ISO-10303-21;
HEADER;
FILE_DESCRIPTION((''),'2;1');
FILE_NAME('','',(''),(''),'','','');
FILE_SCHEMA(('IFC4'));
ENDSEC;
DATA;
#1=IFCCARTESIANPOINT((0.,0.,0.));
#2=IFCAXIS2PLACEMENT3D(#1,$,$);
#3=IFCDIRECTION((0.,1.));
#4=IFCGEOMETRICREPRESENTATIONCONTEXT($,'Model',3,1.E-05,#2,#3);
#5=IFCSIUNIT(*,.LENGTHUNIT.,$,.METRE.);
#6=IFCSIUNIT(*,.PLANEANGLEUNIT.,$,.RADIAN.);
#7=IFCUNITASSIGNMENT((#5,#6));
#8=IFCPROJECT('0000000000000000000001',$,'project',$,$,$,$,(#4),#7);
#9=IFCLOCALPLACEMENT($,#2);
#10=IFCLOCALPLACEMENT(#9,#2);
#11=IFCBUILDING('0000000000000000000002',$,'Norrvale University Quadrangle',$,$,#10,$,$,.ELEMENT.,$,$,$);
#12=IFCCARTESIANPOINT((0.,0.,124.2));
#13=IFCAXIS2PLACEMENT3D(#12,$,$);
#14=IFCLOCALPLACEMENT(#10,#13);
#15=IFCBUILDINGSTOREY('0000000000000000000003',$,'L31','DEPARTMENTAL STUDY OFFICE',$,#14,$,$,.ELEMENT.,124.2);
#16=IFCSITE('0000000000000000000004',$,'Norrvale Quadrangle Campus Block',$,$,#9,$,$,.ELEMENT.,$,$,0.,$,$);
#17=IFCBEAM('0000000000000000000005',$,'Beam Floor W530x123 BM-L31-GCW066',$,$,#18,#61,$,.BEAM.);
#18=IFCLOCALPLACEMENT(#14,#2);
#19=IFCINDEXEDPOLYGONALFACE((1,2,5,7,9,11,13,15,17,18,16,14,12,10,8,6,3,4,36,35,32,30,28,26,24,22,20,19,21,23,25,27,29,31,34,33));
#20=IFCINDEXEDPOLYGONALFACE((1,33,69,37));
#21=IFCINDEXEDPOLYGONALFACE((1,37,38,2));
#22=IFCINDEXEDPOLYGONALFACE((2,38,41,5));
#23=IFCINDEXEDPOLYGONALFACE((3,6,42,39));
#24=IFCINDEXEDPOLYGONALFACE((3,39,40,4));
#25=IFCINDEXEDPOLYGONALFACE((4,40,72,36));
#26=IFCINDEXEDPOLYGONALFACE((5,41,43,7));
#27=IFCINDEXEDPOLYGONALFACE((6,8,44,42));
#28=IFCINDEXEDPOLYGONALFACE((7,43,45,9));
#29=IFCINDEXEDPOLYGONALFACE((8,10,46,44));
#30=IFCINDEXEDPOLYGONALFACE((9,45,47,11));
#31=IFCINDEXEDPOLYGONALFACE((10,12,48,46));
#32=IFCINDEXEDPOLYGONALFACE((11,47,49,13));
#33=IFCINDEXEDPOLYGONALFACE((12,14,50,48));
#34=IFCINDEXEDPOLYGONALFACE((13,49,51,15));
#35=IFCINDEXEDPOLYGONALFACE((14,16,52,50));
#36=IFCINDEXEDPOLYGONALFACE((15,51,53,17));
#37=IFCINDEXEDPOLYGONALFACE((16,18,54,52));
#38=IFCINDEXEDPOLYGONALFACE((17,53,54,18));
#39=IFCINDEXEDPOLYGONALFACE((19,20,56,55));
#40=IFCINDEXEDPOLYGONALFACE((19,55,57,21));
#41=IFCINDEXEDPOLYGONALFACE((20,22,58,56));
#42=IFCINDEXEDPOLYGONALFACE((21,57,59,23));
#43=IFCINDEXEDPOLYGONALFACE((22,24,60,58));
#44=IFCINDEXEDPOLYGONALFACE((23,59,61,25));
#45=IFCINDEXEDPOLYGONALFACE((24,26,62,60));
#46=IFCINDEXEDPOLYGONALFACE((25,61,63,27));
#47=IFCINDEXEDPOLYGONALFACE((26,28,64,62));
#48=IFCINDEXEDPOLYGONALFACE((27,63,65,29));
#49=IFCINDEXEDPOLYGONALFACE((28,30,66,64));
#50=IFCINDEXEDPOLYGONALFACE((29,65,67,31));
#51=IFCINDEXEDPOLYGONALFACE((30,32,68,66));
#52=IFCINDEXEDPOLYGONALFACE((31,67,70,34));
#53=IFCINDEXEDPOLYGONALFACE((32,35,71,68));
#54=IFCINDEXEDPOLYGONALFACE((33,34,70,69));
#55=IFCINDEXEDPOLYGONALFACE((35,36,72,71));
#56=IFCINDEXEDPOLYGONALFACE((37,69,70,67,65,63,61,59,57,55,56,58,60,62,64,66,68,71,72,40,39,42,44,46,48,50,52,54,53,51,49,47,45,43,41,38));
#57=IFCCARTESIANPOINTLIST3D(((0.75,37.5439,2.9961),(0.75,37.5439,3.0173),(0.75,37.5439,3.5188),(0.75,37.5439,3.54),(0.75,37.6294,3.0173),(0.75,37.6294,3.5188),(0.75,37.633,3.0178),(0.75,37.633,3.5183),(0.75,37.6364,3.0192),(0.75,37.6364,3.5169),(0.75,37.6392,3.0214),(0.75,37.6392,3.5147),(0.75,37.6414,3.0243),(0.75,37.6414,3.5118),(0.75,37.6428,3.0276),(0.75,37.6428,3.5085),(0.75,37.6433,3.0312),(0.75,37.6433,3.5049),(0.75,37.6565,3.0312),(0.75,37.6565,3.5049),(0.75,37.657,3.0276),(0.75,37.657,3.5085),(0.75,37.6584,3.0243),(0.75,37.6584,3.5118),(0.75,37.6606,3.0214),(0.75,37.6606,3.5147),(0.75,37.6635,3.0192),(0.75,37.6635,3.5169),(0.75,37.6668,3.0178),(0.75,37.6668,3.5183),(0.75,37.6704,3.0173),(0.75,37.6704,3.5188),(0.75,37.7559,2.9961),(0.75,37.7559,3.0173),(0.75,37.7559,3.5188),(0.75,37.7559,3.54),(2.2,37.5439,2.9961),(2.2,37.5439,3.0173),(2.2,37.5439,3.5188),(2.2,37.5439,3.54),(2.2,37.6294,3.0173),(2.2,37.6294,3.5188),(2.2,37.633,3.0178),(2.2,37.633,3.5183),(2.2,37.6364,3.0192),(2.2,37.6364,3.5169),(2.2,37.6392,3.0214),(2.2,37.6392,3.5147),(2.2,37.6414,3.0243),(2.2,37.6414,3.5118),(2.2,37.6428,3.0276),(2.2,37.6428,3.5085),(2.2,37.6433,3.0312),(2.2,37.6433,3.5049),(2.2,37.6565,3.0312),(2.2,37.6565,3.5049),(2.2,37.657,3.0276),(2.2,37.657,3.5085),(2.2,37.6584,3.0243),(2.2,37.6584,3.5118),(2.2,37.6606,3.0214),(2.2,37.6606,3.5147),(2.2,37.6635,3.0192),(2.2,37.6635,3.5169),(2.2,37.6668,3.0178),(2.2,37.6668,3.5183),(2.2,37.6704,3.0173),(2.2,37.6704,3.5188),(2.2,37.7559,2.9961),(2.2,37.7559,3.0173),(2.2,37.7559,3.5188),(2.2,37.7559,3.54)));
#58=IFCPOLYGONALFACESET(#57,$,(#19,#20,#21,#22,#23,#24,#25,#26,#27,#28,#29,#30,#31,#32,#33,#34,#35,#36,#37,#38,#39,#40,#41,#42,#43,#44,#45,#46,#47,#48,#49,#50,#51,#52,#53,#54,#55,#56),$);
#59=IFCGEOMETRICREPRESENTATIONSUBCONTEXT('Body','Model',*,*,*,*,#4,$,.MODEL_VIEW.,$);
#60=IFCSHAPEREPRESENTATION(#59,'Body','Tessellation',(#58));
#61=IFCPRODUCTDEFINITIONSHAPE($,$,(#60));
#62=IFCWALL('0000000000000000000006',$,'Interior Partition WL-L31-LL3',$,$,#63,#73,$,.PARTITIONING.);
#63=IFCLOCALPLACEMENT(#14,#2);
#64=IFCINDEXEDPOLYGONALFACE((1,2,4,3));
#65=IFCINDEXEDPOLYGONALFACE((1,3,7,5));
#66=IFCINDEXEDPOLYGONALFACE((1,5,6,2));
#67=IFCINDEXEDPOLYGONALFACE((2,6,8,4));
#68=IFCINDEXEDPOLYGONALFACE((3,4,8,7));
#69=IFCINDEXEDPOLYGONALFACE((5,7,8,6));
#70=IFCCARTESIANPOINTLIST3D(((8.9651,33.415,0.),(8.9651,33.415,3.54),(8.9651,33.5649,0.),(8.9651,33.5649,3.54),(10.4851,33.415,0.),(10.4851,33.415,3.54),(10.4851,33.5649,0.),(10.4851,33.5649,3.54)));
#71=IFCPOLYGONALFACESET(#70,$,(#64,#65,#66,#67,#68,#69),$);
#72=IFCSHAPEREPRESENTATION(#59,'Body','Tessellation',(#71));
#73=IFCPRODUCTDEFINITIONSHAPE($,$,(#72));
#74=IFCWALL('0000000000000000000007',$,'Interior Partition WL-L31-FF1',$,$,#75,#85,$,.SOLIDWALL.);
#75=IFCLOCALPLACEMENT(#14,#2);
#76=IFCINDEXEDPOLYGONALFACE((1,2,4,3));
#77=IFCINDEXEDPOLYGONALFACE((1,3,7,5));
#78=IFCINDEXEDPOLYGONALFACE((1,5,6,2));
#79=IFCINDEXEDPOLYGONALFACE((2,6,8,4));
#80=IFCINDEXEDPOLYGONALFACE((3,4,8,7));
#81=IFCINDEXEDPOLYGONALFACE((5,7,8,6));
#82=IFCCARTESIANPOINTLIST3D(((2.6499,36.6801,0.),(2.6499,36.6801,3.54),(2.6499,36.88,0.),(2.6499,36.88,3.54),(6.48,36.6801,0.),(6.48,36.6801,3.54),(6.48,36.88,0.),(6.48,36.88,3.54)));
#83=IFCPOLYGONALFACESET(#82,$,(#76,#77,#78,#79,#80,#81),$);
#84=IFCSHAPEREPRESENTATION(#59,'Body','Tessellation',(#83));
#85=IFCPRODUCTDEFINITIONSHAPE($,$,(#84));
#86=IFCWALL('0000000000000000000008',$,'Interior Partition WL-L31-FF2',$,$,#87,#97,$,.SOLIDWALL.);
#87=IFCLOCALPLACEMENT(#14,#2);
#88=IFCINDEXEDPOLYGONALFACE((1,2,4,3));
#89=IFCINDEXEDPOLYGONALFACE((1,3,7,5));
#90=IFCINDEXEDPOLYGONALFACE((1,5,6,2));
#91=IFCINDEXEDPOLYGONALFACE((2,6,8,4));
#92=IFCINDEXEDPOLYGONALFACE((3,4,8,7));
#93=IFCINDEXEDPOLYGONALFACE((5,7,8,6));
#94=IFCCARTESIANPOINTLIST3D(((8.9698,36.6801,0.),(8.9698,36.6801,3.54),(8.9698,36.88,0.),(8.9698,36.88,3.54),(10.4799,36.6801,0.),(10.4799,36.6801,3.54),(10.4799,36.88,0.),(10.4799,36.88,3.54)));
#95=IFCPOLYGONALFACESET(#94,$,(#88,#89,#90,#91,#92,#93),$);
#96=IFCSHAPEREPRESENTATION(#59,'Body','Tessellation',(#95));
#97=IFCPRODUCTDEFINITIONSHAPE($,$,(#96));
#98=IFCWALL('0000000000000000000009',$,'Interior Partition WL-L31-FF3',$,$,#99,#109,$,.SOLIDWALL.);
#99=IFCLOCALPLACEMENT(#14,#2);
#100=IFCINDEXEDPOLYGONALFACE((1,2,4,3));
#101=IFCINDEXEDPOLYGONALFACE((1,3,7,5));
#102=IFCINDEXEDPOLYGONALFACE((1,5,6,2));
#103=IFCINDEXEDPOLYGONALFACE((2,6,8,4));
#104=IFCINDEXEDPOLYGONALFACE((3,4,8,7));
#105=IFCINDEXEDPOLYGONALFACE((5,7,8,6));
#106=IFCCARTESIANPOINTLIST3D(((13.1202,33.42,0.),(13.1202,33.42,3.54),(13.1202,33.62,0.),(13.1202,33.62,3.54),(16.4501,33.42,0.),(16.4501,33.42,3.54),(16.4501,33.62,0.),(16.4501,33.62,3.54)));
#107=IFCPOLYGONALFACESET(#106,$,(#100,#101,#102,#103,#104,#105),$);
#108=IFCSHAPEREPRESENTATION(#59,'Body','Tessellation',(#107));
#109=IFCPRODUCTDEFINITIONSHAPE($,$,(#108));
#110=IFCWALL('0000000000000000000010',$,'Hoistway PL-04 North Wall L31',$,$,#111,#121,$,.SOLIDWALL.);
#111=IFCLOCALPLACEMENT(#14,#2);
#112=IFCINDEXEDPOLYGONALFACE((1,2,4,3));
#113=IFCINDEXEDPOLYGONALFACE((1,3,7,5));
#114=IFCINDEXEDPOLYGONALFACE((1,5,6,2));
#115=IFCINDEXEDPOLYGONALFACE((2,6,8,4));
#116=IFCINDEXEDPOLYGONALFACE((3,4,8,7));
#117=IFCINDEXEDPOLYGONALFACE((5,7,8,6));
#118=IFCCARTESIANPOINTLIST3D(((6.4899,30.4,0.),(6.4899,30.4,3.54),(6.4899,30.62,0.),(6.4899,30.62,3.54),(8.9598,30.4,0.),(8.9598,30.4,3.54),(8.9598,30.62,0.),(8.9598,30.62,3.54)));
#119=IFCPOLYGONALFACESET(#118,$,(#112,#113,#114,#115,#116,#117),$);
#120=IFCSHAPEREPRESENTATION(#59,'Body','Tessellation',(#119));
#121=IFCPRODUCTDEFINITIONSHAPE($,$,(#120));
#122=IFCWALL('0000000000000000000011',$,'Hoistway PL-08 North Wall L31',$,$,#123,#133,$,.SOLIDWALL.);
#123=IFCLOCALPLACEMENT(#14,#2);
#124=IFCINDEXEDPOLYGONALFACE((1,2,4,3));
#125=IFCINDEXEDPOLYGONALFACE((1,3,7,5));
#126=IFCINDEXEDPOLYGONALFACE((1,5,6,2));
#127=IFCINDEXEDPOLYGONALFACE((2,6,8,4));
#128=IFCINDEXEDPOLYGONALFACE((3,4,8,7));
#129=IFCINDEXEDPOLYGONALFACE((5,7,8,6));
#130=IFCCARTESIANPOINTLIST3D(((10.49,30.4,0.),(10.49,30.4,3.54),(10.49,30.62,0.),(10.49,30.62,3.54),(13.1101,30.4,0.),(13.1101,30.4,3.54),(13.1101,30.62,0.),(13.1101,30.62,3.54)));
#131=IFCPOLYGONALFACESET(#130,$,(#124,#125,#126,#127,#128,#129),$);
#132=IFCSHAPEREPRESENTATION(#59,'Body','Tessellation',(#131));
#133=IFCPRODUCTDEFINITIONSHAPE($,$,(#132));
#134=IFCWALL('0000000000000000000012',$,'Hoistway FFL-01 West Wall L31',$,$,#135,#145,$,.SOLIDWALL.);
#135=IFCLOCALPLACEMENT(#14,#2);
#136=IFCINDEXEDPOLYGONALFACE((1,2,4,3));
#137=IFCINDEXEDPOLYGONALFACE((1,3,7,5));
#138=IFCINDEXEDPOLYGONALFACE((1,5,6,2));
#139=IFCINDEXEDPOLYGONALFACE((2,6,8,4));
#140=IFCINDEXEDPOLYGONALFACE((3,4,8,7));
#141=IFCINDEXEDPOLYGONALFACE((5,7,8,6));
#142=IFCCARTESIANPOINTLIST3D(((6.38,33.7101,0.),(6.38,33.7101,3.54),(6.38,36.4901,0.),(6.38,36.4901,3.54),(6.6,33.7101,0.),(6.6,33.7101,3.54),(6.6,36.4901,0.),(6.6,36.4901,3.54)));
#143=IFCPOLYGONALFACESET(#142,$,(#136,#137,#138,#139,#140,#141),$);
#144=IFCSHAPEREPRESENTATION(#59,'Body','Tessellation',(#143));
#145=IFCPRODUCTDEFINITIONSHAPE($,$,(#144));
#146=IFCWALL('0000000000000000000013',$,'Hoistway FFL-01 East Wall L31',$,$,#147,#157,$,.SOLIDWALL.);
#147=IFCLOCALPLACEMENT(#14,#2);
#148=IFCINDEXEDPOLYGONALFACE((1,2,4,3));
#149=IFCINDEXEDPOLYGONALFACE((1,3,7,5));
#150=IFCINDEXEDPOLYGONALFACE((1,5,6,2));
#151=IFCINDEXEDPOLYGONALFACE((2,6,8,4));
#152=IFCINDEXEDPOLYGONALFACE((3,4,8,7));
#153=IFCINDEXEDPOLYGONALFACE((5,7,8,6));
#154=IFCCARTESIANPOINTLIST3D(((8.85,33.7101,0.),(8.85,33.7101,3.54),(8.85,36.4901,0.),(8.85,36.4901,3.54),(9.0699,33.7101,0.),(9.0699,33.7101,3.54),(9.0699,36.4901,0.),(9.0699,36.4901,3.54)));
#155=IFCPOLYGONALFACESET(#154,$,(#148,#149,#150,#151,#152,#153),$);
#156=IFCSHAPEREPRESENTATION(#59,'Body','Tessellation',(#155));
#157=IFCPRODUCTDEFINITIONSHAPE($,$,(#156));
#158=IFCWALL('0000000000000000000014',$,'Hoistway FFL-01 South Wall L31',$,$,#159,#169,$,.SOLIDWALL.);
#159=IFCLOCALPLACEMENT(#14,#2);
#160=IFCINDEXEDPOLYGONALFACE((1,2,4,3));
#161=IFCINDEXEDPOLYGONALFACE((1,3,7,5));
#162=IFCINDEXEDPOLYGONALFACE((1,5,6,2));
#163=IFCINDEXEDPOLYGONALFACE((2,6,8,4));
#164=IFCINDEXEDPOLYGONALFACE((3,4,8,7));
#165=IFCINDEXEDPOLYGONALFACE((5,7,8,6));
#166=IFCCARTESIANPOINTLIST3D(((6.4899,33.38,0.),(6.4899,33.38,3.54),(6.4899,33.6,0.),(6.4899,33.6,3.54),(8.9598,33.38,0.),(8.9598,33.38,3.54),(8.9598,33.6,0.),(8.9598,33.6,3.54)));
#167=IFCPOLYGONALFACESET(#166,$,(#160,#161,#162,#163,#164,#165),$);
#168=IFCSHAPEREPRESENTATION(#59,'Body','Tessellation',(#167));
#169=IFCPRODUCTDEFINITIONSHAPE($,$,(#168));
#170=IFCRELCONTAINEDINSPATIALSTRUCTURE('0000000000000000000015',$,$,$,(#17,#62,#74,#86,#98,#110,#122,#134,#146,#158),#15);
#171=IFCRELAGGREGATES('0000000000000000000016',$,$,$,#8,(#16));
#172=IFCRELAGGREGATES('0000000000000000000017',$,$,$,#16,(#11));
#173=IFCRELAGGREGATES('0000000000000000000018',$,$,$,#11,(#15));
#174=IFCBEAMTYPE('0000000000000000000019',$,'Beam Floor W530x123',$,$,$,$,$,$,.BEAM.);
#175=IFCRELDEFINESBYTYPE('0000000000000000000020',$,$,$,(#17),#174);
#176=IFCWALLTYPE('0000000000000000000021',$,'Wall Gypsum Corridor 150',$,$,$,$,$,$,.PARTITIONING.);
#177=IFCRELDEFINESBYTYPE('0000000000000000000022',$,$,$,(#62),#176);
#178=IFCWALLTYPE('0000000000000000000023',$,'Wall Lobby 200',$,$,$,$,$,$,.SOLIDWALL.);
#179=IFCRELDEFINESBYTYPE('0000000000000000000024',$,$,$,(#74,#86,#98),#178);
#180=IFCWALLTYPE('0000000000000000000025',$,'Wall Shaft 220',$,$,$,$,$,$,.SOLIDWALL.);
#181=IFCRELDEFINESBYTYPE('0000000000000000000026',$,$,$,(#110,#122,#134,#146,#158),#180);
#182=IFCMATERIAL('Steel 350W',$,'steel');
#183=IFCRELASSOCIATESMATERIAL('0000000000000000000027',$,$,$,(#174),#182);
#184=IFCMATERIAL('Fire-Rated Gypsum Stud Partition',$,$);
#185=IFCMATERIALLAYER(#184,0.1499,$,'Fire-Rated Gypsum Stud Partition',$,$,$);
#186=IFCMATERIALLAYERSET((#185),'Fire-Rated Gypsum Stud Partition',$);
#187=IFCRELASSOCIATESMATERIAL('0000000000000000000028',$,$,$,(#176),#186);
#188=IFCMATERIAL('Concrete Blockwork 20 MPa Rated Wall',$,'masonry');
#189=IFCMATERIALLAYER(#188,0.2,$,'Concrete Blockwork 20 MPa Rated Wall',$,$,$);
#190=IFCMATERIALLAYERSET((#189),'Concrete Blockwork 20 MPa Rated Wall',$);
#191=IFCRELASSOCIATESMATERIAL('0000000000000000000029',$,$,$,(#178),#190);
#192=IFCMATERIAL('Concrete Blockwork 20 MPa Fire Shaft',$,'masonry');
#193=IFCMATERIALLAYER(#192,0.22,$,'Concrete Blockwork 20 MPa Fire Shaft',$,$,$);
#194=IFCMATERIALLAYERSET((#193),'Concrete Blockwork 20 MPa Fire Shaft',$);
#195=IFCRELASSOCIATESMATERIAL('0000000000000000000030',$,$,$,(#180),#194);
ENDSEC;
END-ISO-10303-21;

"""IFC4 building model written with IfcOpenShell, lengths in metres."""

from ifc_helpers import new_model, si_unit, direction, frame, frame_2d, origin, origin_2d, place, context, subcontext, project, spatial, rectangle, i_section, extrude, material, layer, layer_set, material_profile, profile_set, type_object, element, save


model = new_model("IFC4")

# Units and contexts
model_context = context("Model", 3, precision=1e-05, world=origin(), true_north=direction((0.0, 1.0)))
body_context = subcontext(model_context, "Body", "Model", "MODEL_VIEW")
ifc_project = project(units=[si_unit("LENGTHUNIT", "METRE"), si_unit("PLANEANGLEUNIT", "RADIAN")], contexts=[model_context])

# Site, building, storey
site_placement = place(None, origin())
site = spatial("IfcSite", under=ifc_project, at=site_placement, Name="Norrvale Quadrangle Campus Block", CompositionType="ELEMENT", RefElevation=0.0)
building_placement = place(site_placement, origin())
building = spatial("IfcBuilding", under=site, at=building_placement, Name="Norrvale University Quadrangle", CompositionType="ELEMENT")
storey_placement = place(building_placement, frame((0.0, 0.0, 124.2)))
storey = spatial("IfcBuildingStorey", under=building, at=storey_placement, Name="L31", Description="DEPARTMENTAL STUDY OFFICE", CompositionType="ELEMENT", Elevation=124.2)

# Beam
ifc_material_1 = material(Name="Steel 350W", Category="steel")
ifc_material_profile_1 = material_profile(ifc_material_1, i_section(OverallWidth=0.2119, OverallDepth=0.5439, WebThickness=0.0132, FlangeThickness=0.0212, FilletRadius=0.0139, at=origin_2d()), Name="Steel 350W")
ifc_profile_set_1 = profile_set([ifc_material_profile_1], Name="Steel 350W")
beam_type = type_object("IfcBeamType", Name="Beam Floor W530x123", PredefinedType="BEAM", material=ifc_profile_set_1)
for number, where, z_axis, x_axis, name in (
    (1, (0.75, 37.6499, 3.2681), (1.0, 0.0, 0.0), (0.0, 1.0, 0.0), "Beam Floor W530x123 BM-L31-GCW066"),
):
    element("IfcBeam", number, at=place(storey_placement, frame(where, z_axis=z_axis, x_axis=x_axis)), inside=storey, type_object=beam_type, Name=name, PredefinedType="BEAM", context=body_context, shape_type="SweptSolid", body=[
        extrude(i_section(OverallWidth=0.2119, OverallDepth=0.5439, WebThickness=0.0132, FlangeThickness=0.0212, FilletRadius=0.0139, at=origin_2d()), origin(), (0.0, 0.0, 1.0), 1.45),
    ])

# Walls
ifc_material_2 = material(Name="Fire-Rated Gypsum Stud Partition")
ifc_layer_1 = layer(ifc_material_2, 0.1499, Name="Fire-Rated Gypsum Stud Partition")
ifc_layer_set_1 = layer_set([ifc_layer_1], Name="Fire-Rated Gypsum Stud Partition")
wall_type_1 = type_object("IfcWallType", Name="Wall Gypsum Corridor 150", PredefinedType="PARTITIONING", material=ifc_layer_set_1)
wall_1_placement = place(storey_placement, frame((8.9651, 33.49, 0.0), z_axis=(0.0, 0.0, 1.0), x_axis=(1.0, 0.0, 0.0)))
element("IfcWall", 2, at=wall_1_placement, inside=storey, type_object=wall_type_1, Name="Interior Partition WL-L31-LL3", PredefinedType="PARTITIONING", context=body_context, shape_type="SweptSolid", body=[
    extrude(rectangle(XDim=1.52, YDim=0.1499, at=frame_2d((0.76, 0.0))), origin(), (0.0, 0.0, 1.0), 3.54),
])
ifc_material_3 = material(Name="Concrete Blockwork 20 MPa Rated Wall", Category="masonry")
ifc_layer_2 = layer(ifc_material_3, 0.2, Name="Concrete Blockwork 20 MPa Rated Wall")
ifc_layer_set_2 = layer_set([ifc_layer_2], Name="Concrete Blockwork 20 MPa Rated Wall")
wall_type_2 = type_object("IfcWallType", Name="Wall Lobby 200", PredefinedType="SOLIDWALL", material=ifc_layer_set_2)
wall_2_placement = place(storey_placement, frame((2.6499, 36.78, 0.0), z_axis=(0.0, 0.0, 1.0), x_axis=(1.0, 0.0, 0.0)))
element("IfcWall", 3, at=wall_2_placement, inside=storey, type_object=wall_type_2, Name="Interior Partition WL-L31-FF1", PredefinedType="SOLIDWALL", context=body_context, shape_type="SweptSolid", body=[
    extrude(rectangle(XDim=3.8301, YDim=0.2, at=frame_2d((1.915, 0.0))), origin(), (0.0, 0.0, 1.0), 3.54),
])
wall_3_placement = place(storey_placement, frame((8.97, 36.78, 0.0), z_axis=(0.0, 0.0, 1.0), x_axis=(1.0, 0.0, 0.0)))
element("IfcWall", 4, at=wall_3_placement, inside=storey, type_object=wall_type_2, Name="Interior Partition WL-L31-FF2", PredefinedType="SOLIDWALL", context=body_context, shape_type="SweptSolid", body=[
    extrude(rectangle(XDim=1.51, YDim=0.2, at=frame_2d((0.7549, 0.0))), origin(), (0.0, 0.0, 1.0), 3.54),
])
wall_4_placement = place(storey_placement, frame((13.1201, 33.52, 0.0), z_axis=(0.0, 0.0, 1.0), x_axis=(1.0, 0.0, 0.0)))
element("IfcWall", 5, at=wall_4_placement, inside=storey, type_object=wall_type_2, Name="Interior Partition WL-L31-FF3", PredefinedType="SOLIDWALL", context=body_context, shape_type="SweptSolid", body=[
    extrude(rectangle(XDim=3.3298, YDim=0.2, at=frame_2d((1.665, 0.0))), origin(), (0.0, 0.0, 1.0), 3.54),
])
ifc_material_4 = material(Name="Concrete Blockwork 20 MPa Fire Shaft", Category="masonry")
ifc_layer_3 = layer(ifc_material_4, 0.22, Name="Concrete Blockwork 20 MPa Fire Shaft")
ifc_layer_set_3 = layer_set([ifc_layer_3], Name="Concrete Blockwork 20 MPa Fire Shaft")
wall_type_3 = type_object("IfcWallType", Name="Wall Shaft 220", PredefinedType="SOLIDWALL", material=ifc_layer_set_3)
wall_5_placement = place(storey_placement, frame((6.49, 30.51, 0.0), z_axis=(0.0, 0.0, 1.0), x_axis=(1.0, 0.0, 0.0)))
element("IfcWall", 6, at=wall_5_placement, inside=storey, type_object=wall_type_3, Name="Hoistway PL-04 North Wall L31", PredefinedType="SOLIDWALL", context=body_context, shape_type="SweptSolid", body=[
    extrude(rectangle(XDim=2.47, YDim=0.22, at=frame_2d((1.2349, 0.0))), origin(), (0.0, 0.0, 1.0), 3.54),
])
wall_6_placement = place(storey_placement, frame((10.49, 30.51, 0.0), z_axis=(0.0, 0.0, 1.0), x_axis=(1.0, 0.0, 0.0)))
element("IfcWall", 7, at=wall_6_placement, inside=storey, type_object=wall_type_3, Name="Hoistway PL-08 North Wall L31", PredefinedType="SOLIDWALL", context=body_context, shape_type="SweptSolid", body=[
    extrude(rectangle(XDim=2.6201, YDim=0.22, at=frame_2d((1.3101, 0.0))), origin(), (0.0, 0.0, 1.0), 3.54),
])
for number, where, z_axis, x_axis, name in (
    (8, (6.49, 33.71, 0.0), (0.0, 0.0, 1.0), (0.0, 1.0, 0.0), "Hoistway FFL-01 West Wall L31"),
    (9, (8.96, 33.71, 0.0), (0.0, 0.0, 1.0), (0.0, 1.0, 0.0), "Hoistway FFL-01 East Wall L31"),
):
    element("IfcWall", number, at=place(storey_placement, frame(where, z_axis=z_axis, x_axis=x_axis)), inside=storey, type_object=wall_type_3, Name=name, PredefinedType="SOLIDWALL", context=body_context, shape_type="SweptSolid", body=[
        extrude(rectangle(XDim=2.78, YDim=0.22, at=frame_2d((1.3901, 0.0))), origin(), (0.0, 0.0, 1.0), 3.54),
    ])
wall_7_placement = place(storey_placement, frame((6.49, 33.49, 0.0), z_axis=(0.0, 0.0, 1.0), x_axis=(1.0, 0.0, 0.0)))
element("IfcWall", 10, at=wall_7_placement, inside=storey, type_object=wall_type_3, Name="Hoistway FFL-01 South Wall L31", PredefinedType="SOLIDWALL", context=body_context, shape_type="SweptSolid", body=[
    extrude(rectangle(XDim=2.47, YDim=0.22, at=frame_2d((1.2349, 0.0))), origin(), (0.0, 0.0, 1.0), 3.54),
])

save(model, "model.ifc")
